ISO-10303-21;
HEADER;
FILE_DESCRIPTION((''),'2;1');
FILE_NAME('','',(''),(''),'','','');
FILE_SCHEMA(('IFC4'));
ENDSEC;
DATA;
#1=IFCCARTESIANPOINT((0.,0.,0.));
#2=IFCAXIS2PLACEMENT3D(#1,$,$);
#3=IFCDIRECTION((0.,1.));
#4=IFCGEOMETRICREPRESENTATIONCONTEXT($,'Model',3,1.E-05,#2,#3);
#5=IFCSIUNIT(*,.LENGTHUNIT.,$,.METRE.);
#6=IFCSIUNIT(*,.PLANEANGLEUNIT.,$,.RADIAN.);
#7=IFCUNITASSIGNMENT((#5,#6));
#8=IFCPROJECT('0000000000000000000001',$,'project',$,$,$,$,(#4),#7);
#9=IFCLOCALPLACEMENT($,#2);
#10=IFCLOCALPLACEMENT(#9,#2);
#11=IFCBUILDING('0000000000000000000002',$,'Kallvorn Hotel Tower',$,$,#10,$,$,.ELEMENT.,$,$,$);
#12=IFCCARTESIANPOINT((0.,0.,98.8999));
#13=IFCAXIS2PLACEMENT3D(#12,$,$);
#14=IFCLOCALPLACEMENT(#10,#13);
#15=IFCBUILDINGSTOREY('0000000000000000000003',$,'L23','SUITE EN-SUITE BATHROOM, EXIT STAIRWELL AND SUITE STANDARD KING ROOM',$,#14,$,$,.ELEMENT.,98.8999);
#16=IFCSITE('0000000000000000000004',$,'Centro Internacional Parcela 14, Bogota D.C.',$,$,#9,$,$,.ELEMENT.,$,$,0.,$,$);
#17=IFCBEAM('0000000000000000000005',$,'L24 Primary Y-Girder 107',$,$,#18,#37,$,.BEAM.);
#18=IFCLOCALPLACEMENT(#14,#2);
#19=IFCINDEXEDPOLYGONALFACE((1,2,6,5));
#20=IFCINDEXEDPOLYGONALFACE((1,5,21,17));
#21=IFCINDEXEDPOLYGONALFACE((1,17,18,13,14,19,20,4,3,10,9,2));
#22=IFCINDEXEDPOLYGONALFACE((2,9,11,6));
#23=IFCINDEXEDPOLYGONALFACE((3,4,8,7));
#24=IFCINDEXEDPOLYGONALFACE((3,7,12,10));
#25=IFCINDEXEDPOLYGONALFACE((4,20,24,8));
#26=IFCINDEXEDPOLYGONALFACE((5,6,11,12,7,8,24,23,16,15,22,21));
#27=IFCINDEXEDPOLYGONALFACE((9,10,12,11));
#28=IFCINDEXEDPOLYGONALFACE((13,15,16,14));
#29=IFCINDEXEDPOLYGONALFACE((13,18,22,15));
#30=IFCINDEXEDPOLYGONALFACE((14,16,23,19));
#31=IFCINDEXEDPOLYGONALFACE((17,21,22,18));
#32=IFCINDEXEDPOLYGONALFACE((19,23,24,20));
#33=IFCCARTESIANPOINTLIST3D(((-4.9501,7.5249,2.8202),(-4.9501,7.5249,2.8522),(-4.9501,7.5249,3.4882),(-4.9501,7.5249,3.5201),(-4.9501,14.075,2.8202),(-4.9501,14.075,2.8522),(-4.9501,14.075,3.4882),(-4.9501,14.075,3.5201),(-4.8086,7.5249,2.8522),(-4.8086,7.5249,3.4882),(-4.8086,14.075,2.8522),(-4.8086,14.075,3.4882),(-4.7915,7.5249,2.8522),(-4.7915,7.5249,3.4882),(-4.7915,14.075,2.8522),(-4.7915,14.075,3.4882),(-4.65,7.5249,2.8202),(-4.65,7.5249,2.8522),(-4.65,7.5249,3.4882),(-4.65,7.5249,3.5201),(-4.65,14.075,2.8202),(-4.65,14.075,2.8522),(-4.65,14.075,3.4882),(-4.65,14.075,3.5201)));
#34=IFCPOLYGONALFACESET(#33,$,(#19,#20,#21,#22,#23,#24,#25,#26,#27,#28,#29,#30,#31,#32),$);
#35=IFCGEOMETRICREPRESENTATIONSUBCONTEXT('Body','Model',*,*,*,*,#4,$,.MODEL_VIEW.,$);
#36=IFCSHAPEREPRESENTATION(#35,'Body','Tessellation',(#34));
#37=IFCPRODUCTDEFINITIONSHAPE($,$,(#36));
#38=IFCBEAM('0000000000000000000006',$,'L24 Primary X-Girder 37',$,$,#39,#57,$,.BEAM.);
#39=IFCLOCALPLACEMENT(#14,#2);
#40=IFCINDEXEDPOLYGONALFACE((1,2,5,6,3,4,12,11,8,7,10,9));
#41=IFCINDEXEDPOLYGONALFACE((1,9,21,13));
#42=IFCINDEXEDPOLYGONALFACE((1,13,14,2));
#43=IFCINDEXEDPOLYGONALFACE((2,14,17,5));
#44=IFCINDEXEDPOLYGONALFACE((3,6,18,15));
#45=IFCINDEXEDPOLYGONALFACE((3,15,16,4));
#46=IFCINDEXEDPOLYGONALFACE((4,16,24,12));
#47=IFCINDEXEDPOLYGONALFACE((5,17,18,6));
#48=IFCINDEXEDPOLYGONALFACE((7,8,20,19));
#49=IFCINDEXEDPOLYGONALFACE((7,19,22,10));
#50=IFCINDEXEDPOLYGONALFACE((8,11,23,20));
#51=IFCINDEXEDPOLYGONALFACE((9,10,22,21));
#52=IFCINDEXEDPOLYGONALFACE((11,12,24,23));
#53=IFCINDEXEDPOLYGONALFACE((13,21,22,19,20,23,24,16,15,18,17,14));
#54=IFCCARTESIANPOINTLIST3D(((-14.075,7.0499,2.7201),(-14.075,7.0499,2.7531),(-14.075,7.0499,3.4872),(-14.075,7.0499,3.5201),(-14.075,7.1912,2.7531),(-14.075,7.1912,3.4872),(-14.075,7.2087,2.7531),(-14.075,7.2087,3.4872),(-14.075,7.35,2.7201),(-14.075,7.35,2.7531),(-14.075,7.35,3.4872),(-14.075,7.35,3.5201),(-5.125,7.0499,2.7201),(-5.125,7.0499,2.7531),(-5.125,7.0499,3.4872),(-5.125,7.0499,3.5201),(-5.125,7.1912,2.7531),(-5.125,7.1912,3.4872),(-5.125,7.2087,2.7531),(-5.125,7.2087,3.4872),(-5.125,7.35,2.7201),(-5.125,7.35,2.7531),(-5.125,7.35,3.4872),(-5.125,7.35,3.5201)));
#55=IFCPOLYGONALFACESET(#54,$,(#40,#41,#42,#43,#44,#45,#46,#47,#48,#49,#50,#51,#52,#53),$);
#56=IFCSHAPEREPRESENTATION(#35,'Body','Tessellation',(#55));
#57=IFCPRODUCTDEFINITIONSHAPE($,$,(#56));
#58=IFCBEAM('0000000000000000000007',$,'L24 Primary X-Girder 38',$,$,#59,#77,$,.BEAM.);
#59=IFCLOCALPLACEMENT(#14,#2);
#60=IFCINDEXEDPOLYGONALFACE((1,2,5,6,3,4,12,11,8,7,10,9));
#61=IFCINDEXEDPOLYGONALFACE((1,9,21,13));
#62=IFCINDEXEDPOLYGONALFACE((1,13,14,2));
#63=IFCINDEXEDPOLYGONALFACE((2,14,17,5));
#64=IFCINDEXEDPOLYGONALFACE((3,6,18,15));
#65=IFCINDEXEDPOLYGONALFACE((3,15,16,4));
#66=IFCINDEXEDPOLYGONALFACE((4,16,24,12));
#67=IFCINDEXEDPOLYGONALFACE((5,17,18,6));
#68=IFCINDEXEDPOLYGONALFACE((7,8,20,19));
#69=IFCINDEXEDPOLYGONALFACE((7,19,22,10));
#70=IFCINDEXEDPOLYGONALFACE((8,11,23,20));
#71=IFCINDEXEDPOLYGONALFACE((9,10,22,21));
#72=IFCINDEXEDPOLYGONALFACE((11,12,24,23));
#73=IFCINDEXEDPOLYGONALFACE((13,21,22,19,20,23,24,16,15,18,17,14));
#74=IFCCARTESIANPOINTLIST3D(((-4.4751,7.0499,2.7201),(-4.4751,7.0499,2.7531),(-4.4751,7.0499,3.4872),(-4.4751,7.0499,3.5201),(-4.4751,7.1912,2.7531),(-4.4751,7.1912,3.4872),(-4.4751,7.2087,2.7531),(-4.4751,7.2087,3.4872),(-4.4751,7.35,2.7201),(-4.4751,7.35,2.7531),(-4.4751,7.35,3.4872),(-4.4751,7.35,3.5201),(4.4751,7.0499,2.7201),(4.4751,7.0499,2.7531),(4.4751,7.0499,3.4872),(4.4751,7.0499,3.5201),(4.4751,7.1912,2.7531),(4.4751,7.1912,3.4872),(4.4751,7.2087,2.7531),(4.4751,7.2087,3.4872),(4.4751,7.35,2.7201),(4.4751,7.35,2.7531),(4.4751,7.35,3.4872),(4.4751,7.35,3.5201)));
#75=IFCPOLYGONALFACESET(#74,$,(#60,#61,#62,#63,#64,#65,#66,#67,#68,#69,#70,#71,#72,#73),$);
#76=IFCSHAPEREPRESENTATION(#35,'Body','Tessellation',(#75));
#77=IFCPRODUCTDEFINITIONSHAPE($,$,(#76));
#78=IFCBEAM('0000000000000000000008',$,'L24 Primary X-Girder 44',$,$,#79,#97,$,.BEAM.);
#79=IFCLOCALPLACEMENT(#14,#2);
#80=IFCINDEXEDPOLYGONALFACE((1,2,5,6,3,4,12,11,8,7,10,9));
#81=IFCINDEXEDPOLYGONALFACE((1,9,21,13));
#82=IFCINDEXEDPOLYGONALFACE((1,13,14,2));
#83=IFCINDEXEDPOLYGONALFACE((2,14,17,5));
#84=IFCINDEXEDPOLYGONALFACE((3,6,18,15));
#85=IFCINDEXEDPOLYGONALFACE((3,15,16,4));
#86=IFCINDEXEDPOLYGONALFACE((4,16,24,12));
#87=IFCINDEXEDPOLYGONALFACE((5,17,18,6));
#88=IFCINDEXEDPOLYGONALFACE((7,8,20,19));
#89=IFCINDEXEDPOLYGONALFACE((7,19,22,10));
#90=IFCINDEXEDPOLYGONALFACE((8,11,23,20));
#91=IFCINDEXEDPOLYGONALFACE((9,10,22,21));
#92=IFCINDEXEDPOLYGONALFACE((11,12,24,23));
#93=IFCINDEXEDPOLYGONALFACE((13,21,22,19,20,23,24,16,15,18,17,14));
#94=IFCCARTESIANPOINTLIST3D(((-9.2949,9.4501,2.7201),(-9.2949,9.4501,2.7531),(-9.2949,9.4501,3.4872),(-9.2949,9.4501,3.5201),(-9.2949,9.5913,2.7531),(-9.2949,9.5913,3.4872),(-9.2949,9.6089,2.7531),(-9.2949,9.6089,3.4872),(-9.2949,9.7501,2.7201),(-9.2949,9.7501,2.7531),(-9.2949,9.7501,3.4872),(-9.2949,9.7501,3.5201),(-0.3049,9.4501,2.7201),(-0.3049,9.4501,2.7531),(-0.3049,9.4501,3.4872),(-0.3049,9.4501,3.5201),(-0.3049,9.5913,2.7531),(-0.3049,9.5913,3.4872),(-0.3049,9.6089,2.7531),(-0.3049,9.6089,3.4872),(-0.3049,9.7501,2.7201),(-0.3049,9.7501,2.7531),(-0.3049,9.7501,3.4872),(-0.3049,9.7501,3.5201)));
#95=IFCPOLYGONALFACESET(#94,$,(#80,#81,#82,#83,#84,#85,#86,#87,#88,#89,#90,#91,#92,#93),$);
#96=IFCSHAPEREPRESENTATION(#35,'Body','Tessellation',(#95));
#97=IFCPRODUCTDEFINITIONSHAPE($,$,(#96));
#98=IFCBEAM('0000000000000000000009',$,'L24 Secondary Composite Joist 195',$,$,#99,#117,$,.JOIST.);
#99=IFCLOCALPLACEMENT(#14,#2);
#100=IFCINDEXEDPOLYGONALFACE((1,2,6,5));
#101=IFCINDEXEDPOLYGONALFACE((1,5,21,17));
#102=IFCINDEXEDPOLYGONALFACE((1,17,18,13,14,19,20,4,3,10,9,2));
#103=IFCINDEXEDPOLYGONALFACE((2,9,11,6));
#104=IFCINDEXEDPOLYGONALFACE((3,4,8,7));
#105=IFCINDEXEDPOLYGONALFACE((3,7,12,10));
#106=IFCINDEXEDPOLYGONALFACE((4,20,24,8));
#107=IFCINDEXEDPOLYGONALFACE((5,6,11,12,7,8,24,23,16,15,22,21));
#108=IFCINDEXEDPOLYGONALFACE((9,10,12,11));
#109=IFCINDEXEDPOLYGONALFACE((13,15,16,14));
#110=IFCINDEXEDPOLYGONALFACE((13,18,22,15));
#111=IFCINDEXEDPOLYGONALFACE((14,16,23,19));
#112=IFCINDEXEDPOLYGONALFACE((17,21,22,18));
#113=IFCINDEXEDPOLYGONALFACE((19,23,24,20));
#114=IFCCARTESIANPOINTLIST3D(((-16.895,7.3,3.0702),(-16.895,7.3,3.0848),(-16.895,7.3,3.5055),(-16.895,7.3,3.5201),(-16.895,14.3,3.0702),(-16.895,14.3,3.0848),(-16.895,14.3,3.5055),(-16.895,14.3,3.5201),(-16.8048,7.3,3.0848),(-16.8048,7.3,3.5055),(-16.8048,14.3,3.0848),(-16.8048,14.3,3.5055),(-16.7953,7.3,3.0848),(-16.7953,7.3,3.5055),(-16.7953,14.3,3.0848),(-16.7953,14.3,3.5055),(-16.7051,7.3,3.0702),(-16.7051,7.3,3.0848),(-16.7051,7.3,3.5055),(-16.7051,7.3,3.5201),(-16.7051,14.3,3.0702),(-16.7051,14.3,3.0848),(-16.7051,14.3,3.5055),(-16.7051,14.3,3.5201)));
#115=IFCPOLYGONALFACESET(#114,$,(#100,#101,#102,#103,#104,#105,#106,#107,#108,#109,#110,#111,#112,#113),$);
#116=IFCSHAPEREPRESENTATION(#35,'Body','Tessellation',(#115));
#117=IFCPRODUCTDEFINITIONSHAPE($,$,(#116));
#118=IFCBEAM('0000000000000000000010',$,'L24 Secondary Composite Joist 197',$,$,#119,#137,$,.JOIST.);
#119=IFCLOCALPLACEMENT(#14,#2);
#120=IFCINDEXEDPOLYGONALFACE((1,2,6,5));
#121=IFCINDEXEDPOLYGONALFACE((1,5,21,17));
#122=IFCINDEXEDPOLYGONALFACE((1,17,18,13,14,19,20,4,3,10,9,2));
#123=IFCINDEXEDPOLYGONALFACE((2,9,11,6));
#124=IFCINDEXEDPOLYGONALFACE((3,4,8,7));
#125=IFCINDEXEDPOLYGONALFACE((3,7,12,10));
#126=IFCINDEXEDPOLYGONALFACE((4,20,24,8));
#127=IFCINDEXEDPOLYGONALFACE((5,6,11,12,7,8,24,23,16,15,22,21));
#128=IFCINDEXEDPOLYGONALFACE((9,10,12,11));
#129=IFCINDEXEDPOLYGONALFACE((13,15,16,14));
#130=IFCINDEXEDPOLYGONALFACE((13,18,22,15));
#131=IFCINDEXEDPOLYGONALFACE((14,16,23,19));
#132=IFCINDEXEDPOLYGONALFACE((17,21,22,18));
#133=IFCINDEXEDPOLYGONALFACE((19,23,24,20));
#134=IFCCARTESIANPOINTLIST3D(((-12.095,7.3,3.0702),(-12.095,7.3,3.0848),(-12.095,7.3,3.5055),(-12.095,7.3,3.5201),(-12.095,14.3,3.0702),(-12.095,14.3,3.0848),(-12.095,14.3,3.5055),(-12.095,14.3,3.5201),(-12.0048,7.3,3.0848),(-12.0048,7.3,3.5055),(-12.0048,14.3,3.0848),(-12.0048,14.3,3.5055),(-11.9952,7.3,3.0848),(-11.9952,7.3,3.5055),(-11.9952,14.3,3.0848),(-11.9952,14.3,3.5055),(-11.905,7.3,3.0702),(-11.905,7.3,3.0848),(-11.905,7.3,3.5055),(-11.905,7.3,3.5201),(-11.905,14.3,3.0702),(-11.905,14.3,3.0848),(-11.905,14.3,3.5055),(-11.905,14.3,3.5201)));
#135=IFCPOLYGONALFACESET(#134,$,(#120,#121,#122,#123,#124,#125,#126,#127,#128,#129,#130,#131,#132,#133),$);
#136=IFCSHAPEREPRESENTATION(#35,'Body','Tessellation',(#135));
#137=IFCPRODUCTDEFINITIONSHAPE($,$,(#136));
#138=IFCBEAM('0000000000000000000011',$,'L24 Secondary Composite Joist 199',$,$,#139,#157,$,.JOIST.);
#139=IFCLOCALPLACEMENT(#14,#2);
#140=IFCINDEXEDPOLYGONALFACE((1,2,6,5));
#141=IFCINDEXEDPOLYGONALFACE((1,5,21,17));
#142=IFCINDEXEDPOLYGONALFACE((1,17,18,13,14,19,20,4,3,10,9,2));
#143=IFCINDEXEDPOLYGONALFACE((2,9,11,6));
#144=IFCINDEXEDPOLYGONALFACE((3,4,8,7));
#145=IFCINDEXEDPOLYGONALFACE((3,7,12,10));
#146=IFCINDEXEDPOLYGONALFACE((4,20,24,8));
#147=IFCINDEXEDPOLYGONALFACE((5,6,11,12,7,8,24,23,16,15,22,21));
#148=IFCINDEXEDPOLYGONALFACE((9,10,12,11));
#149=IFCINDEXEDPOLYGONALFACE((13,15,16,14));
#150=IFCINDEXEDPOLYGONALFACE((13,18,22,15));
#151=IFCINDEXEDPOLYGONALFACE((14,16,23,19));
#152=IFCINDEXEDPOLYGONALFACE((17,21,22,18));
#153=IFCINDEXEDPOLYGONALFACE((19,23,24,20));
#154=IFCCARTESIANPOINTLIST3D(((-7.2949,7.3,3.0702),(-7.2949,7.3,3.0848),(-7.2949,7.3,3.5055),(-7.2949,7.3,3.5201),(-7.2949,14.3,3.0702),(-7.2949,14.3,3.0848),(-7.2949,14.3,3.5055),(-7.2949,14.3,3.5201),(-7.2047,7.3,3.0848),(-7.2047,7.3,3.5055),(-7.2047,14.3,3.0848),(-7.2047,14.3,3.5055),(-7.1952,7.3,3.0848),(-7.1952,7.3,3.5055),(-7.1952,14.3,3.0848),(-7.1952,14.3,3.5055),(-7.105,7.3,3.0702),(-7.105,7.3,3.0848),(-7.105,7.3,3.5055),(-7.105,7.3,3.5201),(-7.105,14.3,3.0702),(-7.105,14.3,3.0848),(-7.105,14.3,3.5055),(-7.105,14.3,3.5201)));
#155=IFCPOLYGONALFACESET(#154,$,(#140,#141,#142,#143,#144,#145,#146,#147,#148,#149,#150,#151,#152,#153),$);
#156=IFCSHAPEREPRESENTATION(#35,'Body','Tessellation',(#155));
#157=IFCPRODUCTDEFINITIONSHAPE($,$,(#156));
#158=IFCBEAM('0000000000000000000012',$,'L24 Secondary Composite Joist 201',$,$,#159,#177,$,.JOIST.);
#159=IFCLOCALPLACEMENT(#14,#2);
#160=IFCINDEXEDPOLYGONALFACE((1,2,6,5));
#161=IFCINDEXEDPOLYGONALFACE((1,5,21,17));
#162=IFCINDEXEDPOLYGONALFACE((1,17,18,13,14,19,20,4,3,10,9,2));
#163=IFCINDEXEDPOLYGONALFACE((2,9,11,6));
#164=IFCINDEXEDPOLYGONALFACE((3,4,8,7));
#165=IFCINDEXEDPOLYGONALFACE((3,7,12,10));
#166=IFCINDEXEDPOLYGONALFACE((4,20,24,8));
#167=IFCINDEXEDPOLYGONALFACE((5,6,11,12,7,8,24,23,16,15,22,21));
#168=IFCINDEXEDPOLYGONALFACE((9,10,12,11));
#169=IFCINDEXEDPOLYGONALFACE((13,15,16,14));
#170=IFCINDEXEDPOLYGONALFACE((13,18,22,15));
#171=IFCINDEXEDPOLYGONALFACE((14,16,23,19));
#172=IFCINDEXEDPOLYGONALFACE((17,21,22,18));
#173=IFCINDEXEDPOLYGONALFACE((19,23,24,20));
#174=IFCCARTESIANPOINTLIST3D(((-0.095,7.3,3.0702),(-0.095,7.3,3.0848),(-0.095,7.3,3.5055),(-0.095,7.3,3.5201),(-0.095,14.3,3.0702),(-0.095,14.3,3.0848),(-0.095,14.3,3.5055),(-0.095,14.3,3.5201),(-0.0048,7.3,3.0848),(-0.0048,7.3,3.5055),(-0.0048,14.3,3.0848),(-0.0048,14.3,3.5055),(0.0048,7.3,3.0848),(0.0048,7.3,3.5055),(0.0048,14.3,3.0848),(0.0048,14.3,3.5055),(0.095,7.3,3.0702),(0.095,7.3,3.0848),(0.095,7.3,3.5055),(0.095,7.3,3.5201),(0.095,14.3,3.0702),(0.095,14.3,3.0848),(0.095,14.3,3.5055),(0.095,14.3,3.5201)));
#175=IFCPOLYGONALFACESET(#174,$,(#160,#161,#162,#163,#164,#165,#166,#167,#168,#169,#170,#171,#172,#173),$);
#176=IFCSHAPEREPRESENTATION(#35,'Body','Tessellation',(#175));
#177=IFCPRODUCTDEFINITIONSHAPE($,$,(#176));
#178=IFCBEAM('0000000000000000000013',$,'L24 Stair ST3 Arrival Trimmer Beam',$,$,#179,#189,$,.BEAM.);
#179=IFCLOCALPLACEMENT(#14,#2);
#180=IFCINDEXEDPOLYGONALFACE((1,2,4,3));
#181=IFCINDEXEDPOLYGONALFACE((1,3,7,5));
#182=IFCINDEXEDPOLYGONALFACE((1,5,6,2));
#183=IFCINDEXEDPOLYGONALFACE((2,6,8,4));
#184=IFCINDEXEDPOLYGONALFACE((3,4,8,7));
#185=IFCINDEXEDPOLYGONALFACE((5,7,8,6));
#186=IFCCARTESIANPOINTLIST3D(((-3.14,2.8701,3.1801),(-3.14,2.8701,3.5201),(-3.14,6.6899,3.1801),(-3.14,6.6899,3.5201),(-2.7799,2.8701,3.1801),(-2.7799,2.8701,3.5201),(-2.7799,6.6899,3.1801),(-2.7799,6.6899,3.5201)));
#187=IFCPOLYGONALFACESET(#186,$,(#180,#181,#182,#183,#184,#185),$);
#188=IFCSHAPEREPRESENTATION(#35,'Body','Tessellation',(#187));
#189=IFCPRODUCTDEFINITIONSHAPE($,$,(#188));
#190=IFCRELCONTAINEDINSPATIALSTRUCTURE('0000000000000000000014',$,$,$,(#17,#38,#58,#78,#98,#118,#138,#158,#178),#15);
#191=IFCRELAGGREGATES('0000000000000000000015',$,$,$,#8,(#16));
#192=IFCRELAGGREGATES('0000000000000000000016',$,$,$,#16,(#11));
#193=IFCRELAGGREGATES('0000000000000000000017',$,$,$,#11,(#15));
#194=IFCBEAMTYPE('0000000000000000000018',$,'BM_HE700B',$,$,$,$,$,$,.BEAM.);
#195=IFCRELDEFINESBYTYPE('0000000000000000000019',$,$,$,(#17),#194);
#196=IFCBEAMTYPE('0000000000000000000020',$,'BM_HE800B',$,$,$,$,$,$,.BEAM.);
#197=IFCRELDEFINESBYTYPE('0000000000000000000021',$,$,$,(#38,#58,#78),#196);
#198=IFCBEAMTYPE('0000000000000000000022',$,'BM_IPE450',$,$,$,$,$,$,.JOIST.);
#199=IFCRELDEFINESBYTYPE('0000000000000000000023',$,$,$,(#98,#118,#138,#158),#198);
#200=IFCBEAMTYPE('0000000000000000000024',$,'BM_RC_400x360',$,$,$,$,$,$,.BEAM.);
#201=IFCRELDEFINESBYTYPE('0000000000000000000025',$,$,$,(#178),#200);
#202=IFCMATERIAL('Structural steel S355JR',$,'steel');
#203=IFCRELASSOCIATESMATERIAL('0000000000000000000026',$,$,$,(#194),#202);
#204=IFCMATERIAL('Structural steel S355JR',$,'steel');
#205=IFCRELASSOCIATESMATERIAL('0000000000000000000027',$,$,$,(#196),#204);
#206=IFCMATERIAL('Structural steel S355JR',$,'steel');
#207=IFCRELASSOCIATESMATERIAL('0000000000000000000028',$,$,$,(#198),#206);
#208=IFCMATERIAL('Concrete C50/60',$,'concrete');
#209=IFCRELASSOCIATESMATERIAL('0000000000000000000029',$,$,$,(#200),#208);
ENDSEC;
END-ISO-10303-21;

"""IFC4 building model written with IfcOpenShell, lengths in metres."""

from ifc_helpers import new_model, si_unit, direction, frame, origin, origin_2d, place, context, subcontext, project, spatial, rectangle, i_section, extrude, material, material_profile, profile_set, type_object, element, save


model = new_model("IFC4")

# Units and contexts
model_context = context("Model", 3, precision=1e-05, world=origin(), true_north=direction((0.0, 1.0)))
body_context = subcontext(model_context, "Body", "Model", "MODEL_VIEW")
ifc_project = project(units=[si_unit("LENGTHUNIT", "METRE"), si_unit("PLANEANGLEUNIT", "RADIAN")], contexts=[model_context])

# Site, building, storey
site_placement = place(None, origin())
site = spatial("IfcSite", under=ifc_project, at=site_placement, Name="Centro Internacional Parcela 14, Bogota D.C.", CompositionType="ELEMENT", RefElevation=0.0)
building_placement = place(site_placement, origin())
building = spatial("IfcBuilding", under=site, at=building_placement, Name="Kallvorn Hotel Tower", CompositionType="ELEMENT")
storey_placement = place(building_placement, frame((0.0, 0.0, 98.8999)))
storey = spatial("IfcBuildingStorey", under=building, at=storey_placement, Name="L23", Description="SUITE EN-SUITE BATHROOM, EXIT STAIRWELL AND SUITE STANDARD KING ROOM", CompositionType="ELEMENT", Elevation=98.8999)

# Beams
ifc_material_1 = material(Name="Structural steel S355JR", Category="steel")
ifc_material_profile_1 = material_profile(ifc_material_1, i_section(OverallWidth=0.3, OverallDepth=0.7, WebThickness=0.0171, FlangeThickness=0.032, at=origin_2d()), Name="HE 700 B")
ifc_profile_set_1 = profile_set([ifc_material_profile_1], Name="Structural steel S355JR")
beam_type_1 = type_object("IfcBeamType", Name="BM_HE700B", PredefinedType="BEAM", material=ifc_profile_set_1)
for number, where, z_axis, x_axis, name in (
    (1, (-4.8, 7.5249, 3.1702), (0.0, 1.0, 0.0), (-1.0, 0.0, 0.0), "L24 Primary Y-Girder 107"),
):
    element("IfcBeam", number, at=place(storey_placement, frame(where, z_axis=z_axis, x_axis=x_axis)), inside=storey, type_object=beam_type_1, Name=name, PredefinedType="BEAM", context=body_context, shape_type="SweptSolid", body=[
        extrude(i_section(OverallWidth=0.3, OverallDepth=0.7, WebThickness=0.0171, FlangeThickness=0.032, at=origin_2d()), origin(), (0.0, 0.0, 1.0), 6.55),
    ])
ifc_material_2 = material(Name="Structural steel S355JR", Category="steel")
ifc_material_profile_2 = material_profile(ifc_material_2, i_section(OverallWidth=0.3, OverallDepth=0.8, WebThickness=0.0176, FlangeThickness=0.033, at=origin_2d()), Name="HE 800 B")
ifc_profile_set_2 = profile_set([ifc_material_profile_2], Name="Structural steel S355JR")
beam_type_2 = type_object("IfcBeamType", Name="BM_HE800B", PredefinedType="BEAM", material=ifc_profile_set_2)
beam_1_placement = place(storey_placement, frame((-14.075, 7.2, 3.1201), z_axis=(1.0, 0.0, 0.0), x_axis=(0.0, 1.0, 0.0)))
element("IfcBeam", 2, at=beam_1_placement, inside=storey, type_object=beam_type_2, Name="L24 Primary X-Girder 37", PredefinedType="BEAM", context=body_context, shape_type="SweptSolid", body=[
    extrude(i_section(OverallWidth=0.3, OverallDepth=0.8, WebThickness=0.0176, FlangeThickness=0.033, at=origin_2d()), origin(), (0.0, 0.0, 1.0), 8.95),
])
beam_2_placement = place(storey_placement, frame((-4.4751, 7.2, 3.1201), z_axis=(1.0, 0.0, 0.0), x_axis=(0.0, 1.0, 0.0)))
element("IfcBeam", 3, at=beam_2_placement, inside=storey, type_object=beam_type_2, Name="L24 Primary X-Girder 38", PredefinedType="BEAM", context=body_context, shape_type="SweptSolid", body=[
    extrude(i_section(OverallWidth=0.3, OverallDepth=0.8, WebThickness=0.0176, FlangeThickness=0.033, at=origin_2d()), origin(), (0.0, 0.0, 1.0), 8.9502),
])
beam_3_placement = place(storey_placement, frame((-9.2949, 9.6001, 3.1201), z_axis=(1.0, 0.0, 0.0), x_axis=(0.0, 1.0, 0.0)))
element("IfcBeam", 4, at=beam_3_placement, inside=storey, type_object=beam_type_2, Name="L24 Primary X-Girder 44", PredefinedType="BEAM", context=body_context, shape_type="SweptSolid", body=[
    extrude(i_section(OverallWidth=0.3, OverallDepth=0.8, WebThickness=0.0176, FlangeThickness=0.033, at=origin_2d()), origin(), (0.0, 0.0, 1.0), 8.99),
])
ifc_material_3 = material(Name="Structural steel S355JR", Category="steel")
ifc_material_profile_3 = material_profile(ifc_material_3, i_section(OverallWidth=0.1899, OverallDepth=0.45, WebThickness=0.0095, FlangeThickness=0.0146, at=origin_2d()), Name="IPE 450")
ifc_profile_set_3 = profile_set([ifc_material_profile_3], Name="Structural steel S355JR")
beam_type_3 = type_object("IfcBeamType", Name="BM_IPE450", PredefinedType="JOIST", material=ifc_profile_set_3)
for number, where, z_axis, x_axis, name in (
    (5, (-16.8, 7.3, 3.2952), (0.0, 1.0, 0.0), (-1.0, 0.0, 0.0), "L24 Secondary Composite Joist 195"),
    (6, (-12.0, 7.3, 3.2952), (0.0, 1.0, 0.0), (-1.0, 0.0, 0.0), "L24 Secondary Composite Joist 197"),
    (7, (-7.2, 7.3, 3.2952), (0.0, 1.0, 0.0), (-1.0, 0.0, 0.0), "L24 Secondary Composite Joist 199"),
    (8, (0.0, 7.3, 3.2952), (0.0, 1.0, 0.0), (-1.0, 0.0, 0.0), "L24 Secondary Composite Joist 201"),
):
    element("IfcBeam", number, at=place(storey_placement, frame(where, z_axis=z_axis, x_axis=x_axis)), inside=storey, type_object=beam_type_3, Name=name, PredefinedType="JOIST", context=body_context, shape_type="SweptSolid", body=[
        extrude(i_section(OverallWidth=0.1899, OverallDepth=0.45, WebThickness=0.0095, FlangeThickness=0.0146, at=origin_2d()), origin(), (0.0, 0.0, 1.0), 7.0),
    ])
ifc_material_4 = material(Name="Concrete C50/60", Category="concrete")
ifc_material_profile_4 = material_profile(ifc_material_4, rectangle(XDim=0.3601, YDim=0.3401, at=origin_2d()), Name="RC 360x340")
ifc_profile_set_4 = profile_set([ifc_material_profile_4], Name="Concrete C50/60")
beam_type_4 = type_object("IfcBeamType", Name="BM_RC_400x360", PredefinedType="BEAM", material=ifc_profile_set_4)
beam_4_placement = place(storey_placement, frame((-2.96, 2.8701, 3.3501), z_axis=(0.0, 1.0, 0.0), x_axis=(-1.0, 0.0, 0.0)))
element("IfcBeam", 9, at=beam_4_placement, inside=storey, type_object=beam_type_4, Name="L24 Stair ST3 Arrival Trimmer Beam", PredefinedType="BEAM", context=body_context, shape_type="SweptSolid", body=[
    extrude(rectangle(XDim=0.3601, YDim=0.3401, at=origin_2d()), origin(), (0.0, 0.0, 1.0), 3.8198),
])

save(model, "model.ifc")
